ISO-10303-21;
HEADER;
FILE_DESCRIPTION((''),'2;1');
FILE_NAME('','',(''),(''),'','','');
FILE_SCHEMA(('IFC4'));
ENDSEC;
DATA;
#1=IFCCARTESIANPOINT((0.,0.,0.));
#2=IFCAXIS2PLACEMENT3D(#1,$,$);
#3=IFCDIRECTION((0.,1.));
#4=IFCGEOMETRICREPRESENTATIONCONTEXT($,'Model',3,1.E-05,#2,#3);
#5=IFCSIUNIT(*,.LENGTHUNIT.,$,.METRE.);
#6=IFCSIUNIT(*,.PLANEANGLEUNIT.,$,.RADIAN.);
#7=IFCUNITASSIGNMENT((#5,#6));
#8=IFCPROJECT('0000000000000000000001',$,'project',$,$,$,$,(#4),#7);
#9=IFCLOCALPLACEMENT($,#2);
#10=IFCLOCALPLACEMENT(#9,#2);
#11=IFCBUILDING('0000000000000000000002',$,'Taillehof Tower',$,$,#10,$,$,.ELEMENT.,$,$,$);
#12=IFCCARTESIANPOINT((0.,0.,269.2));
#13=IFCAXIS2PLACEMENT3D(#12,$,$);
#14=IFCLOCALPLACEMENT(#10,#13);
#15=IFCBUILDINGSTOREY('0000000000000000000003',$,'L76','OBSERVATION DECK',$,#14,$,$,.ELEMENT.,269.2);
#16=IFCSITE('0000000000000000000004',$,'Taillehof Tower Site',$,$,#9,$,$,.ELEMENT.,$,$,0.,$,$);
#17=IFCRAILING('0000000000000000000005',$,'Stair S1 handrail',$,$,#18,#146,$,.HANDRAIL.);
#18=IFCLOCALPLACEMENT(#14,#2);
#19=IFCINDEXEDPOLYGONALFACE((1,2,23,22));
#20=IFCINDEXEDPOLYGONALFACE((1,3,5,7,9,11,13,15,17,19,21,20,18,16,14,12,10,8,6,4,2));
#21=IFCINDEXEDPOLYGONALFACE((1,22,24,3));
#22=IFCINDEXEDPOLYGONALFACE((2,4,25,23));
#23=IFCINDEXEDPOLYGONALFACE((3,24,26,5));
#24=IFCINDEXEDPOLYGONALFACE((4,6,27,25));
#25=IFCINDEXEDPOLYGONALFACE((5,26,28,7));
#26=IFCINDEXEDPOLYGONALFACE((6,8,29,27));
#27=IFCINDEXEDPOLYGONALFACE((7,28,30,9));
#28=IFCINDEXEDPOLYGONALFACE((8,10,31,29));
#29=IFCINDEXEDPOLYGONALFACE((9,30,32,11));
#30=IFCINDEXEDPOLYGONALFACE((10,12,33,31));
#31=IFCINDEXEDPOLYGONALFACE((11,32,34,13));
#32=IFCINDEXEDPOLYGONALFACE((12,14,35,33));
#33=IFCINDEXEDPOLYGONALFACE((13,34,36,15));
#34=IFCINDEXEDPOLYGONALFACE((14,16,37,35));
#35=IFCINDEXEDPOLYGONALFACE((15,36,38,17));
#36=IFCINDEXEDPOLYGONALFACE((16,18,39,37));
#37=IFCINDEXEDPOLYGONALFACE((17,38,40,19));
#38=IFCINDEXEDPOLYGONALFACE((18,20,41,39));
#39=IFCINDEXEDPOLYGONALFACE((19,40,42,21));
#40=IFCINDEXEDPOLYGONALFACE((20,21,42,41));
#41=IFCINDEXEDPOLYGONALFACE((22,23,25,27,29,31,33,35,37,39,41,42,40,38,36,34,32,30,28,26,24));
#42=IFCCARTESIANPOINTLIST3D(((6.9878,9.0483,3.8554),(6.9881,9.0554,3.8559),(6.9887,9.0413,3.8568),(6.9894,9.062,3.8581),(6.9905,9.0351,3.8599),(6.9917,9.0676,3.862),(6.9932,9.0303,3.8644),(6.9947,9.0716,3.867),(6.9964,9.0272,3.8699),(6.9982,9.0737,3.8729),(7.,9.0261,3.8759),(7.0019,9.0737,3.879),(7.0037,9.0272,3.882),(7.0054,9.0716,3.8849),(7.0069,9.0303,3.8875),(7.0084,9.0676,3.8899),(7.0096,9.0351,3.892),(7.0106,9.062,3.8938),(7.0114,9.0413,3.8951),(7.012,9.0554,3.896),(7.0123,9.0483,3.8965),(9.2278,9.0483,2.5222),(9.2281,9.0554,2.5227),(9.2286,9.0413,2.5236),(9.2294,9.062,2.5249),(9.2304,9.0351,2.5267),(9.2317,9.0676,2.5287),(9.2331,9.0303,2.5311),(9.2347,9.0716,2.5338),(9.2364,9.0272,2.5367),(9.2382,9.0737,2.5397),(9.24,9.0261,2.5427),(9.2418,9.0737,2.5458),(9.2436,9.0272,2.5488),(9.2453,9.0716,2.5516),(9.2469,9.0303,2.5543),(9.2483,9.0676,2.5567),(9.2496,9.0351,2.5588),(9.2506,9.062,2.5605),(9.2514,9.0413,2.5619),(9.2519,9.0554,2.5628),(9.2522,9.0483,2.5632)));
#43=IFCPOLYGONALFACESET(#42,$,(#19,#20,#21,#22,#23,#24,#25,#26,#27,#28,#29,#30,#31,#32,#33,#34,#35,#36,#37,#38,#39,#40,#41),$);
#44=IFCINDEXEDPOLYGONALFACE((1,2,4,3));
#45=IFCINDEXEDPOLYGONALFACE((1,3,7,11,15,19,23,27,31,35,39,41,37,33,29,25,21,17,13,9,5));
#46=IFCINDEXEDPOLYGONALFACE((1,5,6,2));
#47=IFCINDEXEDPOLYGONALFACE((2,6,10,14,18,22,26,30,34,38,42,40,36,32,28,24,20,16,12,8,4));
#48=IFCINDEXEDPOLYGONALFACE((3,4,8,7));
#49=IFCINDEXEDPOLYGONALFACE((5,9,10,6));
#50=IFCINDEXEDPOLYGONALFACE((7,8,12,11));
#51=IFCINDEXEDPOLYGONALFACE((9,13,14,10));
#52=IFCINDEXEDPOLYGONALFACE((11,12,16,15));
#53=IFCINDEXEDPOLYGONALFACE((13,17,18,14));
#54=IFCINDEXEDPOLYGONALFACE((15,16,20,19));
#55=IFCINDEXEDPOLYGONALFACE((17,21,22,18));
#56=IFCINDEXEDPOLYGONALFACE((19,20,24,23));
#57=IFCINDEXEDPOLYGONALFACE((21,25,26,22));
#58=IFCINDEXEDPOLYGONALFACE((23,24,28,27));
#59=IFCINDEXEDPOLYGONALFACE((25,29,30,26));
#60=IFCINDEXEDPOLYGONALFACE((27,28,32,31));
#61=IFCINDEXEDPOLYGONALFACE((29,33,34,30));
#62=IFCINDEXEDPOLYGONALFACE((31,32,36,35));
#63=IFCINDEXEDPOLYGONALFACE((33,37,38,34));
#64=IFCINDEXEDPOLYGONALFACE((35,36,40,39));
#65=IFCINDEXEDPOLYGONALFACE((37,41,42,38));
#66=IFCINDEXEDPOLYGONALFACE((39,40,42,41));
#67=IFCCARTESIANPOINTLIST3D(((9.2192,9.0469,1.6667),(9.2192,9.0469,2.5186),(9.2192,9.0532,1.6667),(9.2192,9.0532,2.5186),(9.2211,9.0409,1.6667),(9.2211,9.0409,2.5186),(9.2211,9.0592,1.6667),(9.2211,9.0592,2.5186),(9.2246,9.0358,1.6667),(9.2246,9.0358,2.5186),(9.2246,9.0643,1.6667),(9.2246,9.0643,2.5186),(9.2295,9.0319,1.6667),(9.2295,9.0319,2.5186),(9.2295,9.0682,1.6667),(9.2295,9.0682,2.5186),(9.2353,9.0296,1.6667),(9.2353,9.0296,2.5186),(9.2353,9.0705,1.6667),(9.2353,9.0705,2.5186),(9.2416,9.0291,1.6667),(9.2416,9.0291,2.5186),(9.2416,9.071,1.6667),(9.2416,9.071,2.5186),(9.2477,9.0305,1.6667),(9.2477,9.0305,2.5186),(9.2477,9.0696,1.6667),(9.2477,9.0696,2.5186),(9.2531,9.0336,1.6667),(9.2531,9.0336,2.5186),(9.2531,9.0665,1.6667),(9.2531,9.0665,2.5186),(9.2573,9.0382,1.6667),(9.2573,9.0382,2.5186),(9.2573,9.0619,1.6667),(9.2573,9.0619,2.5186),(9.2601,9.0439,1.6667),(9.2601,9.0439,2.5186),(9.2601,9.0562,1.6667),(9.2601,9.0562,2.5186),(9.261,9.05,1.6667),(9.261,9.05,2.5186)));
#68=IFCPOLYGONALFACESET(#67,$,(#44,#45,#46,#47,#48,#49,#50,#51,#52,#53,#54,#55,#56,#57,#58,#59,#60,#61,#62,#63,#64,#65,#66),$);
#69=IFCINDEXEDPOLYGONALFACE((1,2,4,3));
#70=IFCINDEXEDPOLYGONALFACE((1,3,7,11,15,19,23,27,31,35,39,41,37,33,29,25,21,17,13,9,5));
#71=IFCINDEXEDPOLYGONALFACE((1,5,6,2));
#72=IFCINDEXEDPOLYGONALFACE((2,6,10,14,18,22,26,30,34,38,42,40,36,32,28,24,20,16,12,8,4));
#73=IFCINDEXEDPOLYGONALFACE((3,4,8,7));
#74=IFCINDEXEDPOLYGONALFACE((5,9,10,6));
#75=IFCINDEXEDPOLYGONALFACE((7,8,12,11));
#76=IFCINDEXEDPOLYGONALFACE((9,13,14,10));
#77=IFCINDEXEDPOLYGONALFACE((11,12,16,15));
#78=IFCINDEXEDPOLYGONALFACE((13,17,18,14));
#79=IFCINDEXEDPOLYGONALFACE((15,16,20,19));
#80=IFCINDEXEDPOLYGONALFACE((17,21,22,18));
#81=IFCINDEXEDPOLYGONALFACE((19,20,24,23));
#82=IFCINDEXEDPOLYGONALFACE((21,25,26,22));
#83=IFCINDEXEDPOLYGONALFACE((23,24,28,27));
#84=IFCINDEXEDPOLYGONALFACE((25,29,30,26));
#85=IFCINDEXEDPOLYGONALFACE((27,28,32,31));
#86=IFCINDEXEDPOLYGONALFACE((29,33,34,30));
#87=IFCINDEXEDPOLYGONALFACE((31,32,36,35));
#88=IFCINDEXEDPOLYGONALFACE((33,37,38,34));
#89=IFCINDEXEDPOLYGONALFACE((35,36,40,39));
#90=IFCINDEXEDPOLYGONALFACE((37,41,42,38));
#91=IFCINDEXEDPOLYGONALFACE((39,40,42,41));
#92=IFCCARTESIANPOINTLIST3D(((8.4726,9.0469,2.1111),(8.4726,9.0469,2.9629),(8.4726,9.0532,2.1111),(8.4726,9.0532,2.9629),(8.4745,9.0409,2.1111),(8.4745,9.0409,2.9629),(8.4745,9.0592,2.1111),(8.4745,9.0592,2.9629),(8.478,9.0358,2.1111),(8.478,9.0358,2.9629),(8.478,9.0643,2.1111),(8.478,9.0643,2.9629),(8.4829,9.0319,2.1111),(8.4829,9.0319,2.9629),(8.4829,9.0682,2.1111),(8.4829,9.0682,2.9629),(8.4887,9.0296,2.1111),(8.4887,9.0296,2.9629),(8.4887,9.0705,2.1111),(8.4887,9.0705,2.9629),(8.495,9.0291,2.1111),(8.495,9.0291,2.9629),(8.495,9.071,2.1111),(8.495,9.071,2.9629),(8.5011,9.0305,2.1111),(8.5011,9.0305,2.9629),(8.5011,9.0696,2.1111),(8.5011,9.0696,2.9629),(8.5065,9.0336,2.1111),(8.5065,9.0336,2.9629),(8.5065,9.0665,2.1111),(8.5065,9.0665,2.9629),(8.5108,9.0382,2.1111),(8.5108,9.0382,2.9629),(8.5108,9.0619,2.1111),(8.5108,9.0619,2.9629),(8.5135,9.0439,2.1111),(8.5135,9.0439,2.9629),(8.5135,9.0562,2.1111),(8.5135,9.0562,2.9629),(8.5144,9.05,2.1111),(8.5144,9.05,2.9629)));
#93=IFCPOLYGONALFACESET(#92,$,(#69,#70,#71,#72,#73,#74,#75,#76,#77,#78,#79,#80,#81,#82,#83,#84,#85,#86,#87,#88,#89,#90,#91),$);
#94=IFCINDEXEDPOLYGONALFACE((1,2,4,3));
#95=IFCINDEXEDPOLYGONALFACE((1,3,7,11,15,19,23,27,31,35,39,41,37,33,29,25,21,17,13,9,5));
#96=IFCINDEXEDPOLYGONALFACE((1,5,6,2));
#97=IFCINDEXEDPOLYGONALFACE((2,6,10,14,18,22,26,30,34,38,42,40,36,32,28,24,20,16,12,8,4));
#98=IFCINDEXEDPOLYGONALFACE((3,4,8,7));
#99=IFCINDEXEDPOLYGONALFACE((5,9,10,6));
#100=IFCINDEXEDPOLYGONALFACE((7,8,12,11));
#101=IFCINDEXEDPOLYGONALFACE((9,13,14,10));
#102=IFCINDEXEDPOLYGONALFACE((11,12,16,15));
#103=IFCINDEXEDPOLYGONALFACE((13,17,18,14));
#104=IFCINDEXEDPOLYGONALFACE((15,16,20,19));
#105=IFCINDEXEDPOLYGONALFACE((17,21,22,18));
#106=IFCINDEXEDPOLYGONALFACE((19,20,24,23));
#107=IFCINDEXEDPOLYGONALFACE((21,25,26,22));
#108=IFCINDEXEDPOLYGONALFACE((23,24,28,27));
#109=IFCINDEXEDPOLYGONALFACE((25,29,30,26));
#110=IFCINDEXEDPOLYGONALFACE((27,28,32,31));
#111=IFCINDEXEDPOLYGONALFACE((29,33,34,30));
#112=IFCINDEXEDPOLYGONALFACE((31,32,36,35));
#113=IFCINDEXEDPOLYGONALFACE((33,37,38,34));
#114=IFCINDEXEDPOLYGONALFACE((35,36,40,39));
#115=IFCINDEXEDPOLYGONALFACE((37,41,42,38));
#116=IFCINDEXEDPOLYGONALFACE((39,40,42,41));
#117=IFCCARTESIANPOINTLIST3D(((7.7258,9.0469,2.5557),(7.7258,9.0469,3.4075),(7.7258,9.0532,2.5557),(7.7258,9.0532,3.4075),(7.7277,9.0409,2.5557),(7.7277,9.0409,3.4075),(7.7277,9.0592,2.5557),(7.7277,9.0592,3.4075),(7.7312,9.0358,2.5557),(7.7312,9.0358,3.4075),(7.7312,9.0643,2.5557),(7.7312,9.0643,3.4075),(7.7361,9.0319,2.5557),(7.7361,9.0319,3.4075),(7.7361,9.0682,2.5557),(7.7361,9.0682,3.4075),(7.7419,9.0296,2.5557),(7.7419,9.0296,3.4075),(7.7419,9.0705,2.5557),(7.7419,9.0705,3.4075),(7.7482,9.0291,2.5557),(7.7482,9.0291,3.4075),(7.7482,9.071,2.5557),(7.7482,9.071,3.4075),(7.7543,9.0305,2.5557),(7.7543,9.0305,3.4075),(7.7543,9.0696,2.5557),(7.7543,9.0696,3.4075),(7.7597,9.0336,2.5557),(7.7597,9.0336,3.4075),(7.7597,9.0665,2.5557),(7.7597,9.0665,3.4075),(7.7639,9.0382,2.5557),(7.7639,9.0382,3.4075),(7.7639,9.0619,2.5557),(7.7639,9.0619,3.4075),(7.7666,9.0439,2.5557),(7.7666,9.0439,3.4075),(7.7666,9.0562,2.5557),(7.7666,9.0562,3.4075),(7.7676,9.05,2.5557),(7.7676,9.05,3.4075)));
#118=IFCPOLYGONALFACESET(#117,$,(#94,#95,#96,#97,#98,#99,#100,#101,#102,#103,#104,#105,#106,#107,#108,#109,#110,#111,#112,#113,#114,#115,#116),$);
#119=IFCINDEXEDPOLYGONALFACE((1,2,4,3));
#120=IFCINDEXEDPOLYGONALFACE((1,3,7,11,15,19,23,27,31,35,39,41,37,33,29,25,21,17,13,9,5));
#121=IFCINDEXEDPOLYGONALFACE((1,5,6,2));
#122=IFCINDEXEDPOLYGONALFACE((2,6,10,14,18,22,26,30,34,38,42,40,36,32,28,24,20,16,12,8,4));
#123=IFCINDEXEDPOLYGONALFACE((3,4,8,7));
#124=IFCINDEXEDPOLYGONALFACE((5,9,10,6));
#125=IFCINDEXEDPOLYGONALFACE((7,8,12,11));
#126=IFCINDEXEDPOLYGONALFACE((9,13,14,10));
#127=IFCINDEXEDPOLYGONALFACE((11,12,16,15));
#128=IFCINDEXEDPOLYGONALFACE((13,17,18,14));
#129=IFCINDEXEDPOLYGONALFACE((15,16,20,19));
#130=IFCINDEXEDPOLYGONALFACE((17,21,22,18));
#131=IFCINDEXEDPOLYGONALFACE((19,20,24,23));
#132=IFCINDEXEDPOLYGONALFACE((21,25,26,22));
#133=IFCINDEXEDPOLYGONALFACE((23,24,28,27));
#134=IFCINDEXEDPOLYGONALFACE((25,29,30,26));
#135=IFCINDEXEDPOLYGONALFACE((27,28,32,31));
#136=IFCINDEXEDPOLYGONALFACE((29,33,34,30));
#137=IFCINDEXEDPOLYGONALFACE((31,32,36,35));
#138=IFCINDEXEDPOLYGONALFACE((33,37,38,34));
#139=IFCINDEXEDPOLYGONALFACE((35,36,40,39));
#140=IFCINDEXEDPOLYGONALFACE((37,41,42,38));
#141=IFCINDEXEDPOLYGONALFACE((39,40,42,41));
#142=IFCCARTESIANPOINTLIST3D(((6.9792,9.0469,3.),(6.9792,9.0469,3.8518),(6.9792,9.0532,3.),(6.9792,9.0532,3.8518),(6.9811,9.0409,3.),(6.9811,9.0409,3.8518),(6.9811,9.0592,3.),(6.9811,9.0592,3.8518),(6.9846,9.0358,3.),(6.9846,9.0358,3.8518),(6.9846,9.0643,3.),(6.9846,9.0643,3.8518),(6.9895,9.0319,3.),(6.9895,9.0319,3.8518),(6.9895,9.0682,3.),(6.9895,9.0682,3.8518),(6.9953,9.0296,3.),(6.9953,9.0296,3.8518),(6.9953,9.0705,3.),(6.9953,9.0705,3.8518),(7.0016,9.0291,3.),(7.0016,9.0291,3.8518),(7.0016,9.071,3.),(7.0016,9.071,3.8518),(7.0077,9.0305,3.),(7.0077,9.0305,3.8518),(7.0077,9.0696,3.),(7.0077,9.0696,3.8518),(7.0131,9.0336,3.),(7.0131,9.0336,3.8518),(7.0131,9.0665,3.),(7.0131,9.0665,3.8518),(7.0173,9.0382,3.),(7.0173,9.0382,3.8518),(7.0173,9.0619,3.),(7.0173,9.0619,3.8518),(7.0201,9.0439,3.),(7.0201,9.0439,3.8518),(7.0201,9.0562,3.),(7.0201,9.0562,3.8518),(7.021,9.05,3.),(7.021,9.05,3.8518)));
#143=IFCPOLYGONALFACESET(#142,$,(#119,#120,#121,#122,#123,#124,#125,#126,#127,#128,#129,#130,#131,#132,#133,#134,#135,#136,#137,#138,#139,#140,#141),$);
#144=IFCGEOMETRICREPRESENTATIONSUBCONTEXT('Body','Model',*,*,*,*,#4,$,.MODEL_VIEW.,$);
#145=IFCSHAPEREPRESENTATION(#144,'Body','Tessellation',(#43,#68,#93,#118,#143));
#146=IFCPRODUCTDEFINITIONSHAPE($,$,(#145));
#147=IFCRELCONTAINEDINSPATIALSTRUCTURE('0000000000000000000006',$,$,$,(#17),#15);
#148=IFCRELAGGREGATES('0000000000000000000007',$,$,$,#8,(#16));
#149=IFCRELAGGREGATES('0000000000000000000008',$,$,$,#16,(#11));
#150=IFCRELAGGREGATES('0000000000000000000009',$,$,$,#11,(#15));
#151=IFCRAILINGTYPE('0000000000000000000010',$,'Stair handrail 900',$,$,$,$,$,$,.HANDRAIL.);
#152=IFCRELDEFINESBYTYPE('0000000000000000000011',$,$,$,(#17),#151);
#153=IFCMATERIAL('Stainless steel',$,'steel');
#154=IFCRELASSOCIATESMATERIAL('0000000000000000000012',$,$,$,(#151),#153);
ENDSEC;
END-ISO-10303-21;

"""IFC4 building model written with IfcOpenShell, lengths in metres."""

from ifc_helpers import new_model, si_unit, direction, frame, origin, origin_2d, place, context, subcontext, project, spatial, circle, extrude, material, type_object, element, save


model = new_model("IFC4")

# Units and contexts
model_context = context("Model", 3, precision=1e-05, world=origin(), true_north=direction((0.0, 1.0)))
body_context = subcontext(model_context, "Body", "Model", "MODEL_VIEW")
ifc_project = project(units=[si_unit("LENGTHUNIT", "METRE"), si_unit("PLANEANGLEUNIT", "RADIAN")], contexts=[model_context])

# Site, building, storey
site_placement = place(None, origin())
site = spatial("IfcSite", under=ifc_project, at=site_placement, Name="Taillehof Tower Site", CompositionType="ELEMENT", RefElevation=0.0)
building_placement = place(site_placement, origin())
building = spatial("IfcBuilding", under=site, at=building_placement, Name="Taillehof Tower", CompositionType="ELEMENT")
storey_placement = place(building_placement, frame((0.0, 0.0, 269.2)))
storey = spatial("IfcBuildingStorey", under=building, at=storey_placement, Name="L76", Description="OBSERVATION DECK", CompositionType="ELEMENT", Elevation=269.2)

# Railing
ifc_material_1 = material(Name="Stainless steel", Category="steel")
railing_type = type_object("IfcRailingType", Name="Stair handrail 900", PredefinedType="HANDRAIL", material=ifc_material_1)
railing_1_placement = place(storey_placement, frame((9.24, 9.05, 1.6667)))
element("IfcRailing", 1, at=railing_1_placement, inside=storey, type_object=railing_type, Name="Stair S1 handrail", PredefinedType="HANDRAIL", context=body_context, shape_type="SweptSolid", body=[
    extrude(circle(Radius=0.0239, at=origin_2d()), frame((0.0, 0.0, 0.876), z_axis=(-0.859306, 0.0, 0.511462), x_axis=(0.0, -1.0, 0.0)), (0.0, 0.0, 1.0), 2.6067),
    extrude(circle(Radius=0.021, at=origin_2d()), origin(), (0.0, 0.0, 1.0), 0.8518),
    extrude(circle(Radius=0.021, at=origin_2d()), frame((-0.7466, 0.0, 0.4443)), (0.0, 0.0, 1.0), 0.8518),
    extrude(circle(Radius=0.021, at=origin_2d()), frame((-1.4934, 0.0, 0.8889)), (0.0, 0.0, 1.0), 0.8518),
    extrude(circle(Radius=0.021, at=origin_2d()), frame((-2.24, 0.0, 1.3333)), (0.0, 0.0, 1.0), 0.8518),
])

save(model, "model.ifc")
